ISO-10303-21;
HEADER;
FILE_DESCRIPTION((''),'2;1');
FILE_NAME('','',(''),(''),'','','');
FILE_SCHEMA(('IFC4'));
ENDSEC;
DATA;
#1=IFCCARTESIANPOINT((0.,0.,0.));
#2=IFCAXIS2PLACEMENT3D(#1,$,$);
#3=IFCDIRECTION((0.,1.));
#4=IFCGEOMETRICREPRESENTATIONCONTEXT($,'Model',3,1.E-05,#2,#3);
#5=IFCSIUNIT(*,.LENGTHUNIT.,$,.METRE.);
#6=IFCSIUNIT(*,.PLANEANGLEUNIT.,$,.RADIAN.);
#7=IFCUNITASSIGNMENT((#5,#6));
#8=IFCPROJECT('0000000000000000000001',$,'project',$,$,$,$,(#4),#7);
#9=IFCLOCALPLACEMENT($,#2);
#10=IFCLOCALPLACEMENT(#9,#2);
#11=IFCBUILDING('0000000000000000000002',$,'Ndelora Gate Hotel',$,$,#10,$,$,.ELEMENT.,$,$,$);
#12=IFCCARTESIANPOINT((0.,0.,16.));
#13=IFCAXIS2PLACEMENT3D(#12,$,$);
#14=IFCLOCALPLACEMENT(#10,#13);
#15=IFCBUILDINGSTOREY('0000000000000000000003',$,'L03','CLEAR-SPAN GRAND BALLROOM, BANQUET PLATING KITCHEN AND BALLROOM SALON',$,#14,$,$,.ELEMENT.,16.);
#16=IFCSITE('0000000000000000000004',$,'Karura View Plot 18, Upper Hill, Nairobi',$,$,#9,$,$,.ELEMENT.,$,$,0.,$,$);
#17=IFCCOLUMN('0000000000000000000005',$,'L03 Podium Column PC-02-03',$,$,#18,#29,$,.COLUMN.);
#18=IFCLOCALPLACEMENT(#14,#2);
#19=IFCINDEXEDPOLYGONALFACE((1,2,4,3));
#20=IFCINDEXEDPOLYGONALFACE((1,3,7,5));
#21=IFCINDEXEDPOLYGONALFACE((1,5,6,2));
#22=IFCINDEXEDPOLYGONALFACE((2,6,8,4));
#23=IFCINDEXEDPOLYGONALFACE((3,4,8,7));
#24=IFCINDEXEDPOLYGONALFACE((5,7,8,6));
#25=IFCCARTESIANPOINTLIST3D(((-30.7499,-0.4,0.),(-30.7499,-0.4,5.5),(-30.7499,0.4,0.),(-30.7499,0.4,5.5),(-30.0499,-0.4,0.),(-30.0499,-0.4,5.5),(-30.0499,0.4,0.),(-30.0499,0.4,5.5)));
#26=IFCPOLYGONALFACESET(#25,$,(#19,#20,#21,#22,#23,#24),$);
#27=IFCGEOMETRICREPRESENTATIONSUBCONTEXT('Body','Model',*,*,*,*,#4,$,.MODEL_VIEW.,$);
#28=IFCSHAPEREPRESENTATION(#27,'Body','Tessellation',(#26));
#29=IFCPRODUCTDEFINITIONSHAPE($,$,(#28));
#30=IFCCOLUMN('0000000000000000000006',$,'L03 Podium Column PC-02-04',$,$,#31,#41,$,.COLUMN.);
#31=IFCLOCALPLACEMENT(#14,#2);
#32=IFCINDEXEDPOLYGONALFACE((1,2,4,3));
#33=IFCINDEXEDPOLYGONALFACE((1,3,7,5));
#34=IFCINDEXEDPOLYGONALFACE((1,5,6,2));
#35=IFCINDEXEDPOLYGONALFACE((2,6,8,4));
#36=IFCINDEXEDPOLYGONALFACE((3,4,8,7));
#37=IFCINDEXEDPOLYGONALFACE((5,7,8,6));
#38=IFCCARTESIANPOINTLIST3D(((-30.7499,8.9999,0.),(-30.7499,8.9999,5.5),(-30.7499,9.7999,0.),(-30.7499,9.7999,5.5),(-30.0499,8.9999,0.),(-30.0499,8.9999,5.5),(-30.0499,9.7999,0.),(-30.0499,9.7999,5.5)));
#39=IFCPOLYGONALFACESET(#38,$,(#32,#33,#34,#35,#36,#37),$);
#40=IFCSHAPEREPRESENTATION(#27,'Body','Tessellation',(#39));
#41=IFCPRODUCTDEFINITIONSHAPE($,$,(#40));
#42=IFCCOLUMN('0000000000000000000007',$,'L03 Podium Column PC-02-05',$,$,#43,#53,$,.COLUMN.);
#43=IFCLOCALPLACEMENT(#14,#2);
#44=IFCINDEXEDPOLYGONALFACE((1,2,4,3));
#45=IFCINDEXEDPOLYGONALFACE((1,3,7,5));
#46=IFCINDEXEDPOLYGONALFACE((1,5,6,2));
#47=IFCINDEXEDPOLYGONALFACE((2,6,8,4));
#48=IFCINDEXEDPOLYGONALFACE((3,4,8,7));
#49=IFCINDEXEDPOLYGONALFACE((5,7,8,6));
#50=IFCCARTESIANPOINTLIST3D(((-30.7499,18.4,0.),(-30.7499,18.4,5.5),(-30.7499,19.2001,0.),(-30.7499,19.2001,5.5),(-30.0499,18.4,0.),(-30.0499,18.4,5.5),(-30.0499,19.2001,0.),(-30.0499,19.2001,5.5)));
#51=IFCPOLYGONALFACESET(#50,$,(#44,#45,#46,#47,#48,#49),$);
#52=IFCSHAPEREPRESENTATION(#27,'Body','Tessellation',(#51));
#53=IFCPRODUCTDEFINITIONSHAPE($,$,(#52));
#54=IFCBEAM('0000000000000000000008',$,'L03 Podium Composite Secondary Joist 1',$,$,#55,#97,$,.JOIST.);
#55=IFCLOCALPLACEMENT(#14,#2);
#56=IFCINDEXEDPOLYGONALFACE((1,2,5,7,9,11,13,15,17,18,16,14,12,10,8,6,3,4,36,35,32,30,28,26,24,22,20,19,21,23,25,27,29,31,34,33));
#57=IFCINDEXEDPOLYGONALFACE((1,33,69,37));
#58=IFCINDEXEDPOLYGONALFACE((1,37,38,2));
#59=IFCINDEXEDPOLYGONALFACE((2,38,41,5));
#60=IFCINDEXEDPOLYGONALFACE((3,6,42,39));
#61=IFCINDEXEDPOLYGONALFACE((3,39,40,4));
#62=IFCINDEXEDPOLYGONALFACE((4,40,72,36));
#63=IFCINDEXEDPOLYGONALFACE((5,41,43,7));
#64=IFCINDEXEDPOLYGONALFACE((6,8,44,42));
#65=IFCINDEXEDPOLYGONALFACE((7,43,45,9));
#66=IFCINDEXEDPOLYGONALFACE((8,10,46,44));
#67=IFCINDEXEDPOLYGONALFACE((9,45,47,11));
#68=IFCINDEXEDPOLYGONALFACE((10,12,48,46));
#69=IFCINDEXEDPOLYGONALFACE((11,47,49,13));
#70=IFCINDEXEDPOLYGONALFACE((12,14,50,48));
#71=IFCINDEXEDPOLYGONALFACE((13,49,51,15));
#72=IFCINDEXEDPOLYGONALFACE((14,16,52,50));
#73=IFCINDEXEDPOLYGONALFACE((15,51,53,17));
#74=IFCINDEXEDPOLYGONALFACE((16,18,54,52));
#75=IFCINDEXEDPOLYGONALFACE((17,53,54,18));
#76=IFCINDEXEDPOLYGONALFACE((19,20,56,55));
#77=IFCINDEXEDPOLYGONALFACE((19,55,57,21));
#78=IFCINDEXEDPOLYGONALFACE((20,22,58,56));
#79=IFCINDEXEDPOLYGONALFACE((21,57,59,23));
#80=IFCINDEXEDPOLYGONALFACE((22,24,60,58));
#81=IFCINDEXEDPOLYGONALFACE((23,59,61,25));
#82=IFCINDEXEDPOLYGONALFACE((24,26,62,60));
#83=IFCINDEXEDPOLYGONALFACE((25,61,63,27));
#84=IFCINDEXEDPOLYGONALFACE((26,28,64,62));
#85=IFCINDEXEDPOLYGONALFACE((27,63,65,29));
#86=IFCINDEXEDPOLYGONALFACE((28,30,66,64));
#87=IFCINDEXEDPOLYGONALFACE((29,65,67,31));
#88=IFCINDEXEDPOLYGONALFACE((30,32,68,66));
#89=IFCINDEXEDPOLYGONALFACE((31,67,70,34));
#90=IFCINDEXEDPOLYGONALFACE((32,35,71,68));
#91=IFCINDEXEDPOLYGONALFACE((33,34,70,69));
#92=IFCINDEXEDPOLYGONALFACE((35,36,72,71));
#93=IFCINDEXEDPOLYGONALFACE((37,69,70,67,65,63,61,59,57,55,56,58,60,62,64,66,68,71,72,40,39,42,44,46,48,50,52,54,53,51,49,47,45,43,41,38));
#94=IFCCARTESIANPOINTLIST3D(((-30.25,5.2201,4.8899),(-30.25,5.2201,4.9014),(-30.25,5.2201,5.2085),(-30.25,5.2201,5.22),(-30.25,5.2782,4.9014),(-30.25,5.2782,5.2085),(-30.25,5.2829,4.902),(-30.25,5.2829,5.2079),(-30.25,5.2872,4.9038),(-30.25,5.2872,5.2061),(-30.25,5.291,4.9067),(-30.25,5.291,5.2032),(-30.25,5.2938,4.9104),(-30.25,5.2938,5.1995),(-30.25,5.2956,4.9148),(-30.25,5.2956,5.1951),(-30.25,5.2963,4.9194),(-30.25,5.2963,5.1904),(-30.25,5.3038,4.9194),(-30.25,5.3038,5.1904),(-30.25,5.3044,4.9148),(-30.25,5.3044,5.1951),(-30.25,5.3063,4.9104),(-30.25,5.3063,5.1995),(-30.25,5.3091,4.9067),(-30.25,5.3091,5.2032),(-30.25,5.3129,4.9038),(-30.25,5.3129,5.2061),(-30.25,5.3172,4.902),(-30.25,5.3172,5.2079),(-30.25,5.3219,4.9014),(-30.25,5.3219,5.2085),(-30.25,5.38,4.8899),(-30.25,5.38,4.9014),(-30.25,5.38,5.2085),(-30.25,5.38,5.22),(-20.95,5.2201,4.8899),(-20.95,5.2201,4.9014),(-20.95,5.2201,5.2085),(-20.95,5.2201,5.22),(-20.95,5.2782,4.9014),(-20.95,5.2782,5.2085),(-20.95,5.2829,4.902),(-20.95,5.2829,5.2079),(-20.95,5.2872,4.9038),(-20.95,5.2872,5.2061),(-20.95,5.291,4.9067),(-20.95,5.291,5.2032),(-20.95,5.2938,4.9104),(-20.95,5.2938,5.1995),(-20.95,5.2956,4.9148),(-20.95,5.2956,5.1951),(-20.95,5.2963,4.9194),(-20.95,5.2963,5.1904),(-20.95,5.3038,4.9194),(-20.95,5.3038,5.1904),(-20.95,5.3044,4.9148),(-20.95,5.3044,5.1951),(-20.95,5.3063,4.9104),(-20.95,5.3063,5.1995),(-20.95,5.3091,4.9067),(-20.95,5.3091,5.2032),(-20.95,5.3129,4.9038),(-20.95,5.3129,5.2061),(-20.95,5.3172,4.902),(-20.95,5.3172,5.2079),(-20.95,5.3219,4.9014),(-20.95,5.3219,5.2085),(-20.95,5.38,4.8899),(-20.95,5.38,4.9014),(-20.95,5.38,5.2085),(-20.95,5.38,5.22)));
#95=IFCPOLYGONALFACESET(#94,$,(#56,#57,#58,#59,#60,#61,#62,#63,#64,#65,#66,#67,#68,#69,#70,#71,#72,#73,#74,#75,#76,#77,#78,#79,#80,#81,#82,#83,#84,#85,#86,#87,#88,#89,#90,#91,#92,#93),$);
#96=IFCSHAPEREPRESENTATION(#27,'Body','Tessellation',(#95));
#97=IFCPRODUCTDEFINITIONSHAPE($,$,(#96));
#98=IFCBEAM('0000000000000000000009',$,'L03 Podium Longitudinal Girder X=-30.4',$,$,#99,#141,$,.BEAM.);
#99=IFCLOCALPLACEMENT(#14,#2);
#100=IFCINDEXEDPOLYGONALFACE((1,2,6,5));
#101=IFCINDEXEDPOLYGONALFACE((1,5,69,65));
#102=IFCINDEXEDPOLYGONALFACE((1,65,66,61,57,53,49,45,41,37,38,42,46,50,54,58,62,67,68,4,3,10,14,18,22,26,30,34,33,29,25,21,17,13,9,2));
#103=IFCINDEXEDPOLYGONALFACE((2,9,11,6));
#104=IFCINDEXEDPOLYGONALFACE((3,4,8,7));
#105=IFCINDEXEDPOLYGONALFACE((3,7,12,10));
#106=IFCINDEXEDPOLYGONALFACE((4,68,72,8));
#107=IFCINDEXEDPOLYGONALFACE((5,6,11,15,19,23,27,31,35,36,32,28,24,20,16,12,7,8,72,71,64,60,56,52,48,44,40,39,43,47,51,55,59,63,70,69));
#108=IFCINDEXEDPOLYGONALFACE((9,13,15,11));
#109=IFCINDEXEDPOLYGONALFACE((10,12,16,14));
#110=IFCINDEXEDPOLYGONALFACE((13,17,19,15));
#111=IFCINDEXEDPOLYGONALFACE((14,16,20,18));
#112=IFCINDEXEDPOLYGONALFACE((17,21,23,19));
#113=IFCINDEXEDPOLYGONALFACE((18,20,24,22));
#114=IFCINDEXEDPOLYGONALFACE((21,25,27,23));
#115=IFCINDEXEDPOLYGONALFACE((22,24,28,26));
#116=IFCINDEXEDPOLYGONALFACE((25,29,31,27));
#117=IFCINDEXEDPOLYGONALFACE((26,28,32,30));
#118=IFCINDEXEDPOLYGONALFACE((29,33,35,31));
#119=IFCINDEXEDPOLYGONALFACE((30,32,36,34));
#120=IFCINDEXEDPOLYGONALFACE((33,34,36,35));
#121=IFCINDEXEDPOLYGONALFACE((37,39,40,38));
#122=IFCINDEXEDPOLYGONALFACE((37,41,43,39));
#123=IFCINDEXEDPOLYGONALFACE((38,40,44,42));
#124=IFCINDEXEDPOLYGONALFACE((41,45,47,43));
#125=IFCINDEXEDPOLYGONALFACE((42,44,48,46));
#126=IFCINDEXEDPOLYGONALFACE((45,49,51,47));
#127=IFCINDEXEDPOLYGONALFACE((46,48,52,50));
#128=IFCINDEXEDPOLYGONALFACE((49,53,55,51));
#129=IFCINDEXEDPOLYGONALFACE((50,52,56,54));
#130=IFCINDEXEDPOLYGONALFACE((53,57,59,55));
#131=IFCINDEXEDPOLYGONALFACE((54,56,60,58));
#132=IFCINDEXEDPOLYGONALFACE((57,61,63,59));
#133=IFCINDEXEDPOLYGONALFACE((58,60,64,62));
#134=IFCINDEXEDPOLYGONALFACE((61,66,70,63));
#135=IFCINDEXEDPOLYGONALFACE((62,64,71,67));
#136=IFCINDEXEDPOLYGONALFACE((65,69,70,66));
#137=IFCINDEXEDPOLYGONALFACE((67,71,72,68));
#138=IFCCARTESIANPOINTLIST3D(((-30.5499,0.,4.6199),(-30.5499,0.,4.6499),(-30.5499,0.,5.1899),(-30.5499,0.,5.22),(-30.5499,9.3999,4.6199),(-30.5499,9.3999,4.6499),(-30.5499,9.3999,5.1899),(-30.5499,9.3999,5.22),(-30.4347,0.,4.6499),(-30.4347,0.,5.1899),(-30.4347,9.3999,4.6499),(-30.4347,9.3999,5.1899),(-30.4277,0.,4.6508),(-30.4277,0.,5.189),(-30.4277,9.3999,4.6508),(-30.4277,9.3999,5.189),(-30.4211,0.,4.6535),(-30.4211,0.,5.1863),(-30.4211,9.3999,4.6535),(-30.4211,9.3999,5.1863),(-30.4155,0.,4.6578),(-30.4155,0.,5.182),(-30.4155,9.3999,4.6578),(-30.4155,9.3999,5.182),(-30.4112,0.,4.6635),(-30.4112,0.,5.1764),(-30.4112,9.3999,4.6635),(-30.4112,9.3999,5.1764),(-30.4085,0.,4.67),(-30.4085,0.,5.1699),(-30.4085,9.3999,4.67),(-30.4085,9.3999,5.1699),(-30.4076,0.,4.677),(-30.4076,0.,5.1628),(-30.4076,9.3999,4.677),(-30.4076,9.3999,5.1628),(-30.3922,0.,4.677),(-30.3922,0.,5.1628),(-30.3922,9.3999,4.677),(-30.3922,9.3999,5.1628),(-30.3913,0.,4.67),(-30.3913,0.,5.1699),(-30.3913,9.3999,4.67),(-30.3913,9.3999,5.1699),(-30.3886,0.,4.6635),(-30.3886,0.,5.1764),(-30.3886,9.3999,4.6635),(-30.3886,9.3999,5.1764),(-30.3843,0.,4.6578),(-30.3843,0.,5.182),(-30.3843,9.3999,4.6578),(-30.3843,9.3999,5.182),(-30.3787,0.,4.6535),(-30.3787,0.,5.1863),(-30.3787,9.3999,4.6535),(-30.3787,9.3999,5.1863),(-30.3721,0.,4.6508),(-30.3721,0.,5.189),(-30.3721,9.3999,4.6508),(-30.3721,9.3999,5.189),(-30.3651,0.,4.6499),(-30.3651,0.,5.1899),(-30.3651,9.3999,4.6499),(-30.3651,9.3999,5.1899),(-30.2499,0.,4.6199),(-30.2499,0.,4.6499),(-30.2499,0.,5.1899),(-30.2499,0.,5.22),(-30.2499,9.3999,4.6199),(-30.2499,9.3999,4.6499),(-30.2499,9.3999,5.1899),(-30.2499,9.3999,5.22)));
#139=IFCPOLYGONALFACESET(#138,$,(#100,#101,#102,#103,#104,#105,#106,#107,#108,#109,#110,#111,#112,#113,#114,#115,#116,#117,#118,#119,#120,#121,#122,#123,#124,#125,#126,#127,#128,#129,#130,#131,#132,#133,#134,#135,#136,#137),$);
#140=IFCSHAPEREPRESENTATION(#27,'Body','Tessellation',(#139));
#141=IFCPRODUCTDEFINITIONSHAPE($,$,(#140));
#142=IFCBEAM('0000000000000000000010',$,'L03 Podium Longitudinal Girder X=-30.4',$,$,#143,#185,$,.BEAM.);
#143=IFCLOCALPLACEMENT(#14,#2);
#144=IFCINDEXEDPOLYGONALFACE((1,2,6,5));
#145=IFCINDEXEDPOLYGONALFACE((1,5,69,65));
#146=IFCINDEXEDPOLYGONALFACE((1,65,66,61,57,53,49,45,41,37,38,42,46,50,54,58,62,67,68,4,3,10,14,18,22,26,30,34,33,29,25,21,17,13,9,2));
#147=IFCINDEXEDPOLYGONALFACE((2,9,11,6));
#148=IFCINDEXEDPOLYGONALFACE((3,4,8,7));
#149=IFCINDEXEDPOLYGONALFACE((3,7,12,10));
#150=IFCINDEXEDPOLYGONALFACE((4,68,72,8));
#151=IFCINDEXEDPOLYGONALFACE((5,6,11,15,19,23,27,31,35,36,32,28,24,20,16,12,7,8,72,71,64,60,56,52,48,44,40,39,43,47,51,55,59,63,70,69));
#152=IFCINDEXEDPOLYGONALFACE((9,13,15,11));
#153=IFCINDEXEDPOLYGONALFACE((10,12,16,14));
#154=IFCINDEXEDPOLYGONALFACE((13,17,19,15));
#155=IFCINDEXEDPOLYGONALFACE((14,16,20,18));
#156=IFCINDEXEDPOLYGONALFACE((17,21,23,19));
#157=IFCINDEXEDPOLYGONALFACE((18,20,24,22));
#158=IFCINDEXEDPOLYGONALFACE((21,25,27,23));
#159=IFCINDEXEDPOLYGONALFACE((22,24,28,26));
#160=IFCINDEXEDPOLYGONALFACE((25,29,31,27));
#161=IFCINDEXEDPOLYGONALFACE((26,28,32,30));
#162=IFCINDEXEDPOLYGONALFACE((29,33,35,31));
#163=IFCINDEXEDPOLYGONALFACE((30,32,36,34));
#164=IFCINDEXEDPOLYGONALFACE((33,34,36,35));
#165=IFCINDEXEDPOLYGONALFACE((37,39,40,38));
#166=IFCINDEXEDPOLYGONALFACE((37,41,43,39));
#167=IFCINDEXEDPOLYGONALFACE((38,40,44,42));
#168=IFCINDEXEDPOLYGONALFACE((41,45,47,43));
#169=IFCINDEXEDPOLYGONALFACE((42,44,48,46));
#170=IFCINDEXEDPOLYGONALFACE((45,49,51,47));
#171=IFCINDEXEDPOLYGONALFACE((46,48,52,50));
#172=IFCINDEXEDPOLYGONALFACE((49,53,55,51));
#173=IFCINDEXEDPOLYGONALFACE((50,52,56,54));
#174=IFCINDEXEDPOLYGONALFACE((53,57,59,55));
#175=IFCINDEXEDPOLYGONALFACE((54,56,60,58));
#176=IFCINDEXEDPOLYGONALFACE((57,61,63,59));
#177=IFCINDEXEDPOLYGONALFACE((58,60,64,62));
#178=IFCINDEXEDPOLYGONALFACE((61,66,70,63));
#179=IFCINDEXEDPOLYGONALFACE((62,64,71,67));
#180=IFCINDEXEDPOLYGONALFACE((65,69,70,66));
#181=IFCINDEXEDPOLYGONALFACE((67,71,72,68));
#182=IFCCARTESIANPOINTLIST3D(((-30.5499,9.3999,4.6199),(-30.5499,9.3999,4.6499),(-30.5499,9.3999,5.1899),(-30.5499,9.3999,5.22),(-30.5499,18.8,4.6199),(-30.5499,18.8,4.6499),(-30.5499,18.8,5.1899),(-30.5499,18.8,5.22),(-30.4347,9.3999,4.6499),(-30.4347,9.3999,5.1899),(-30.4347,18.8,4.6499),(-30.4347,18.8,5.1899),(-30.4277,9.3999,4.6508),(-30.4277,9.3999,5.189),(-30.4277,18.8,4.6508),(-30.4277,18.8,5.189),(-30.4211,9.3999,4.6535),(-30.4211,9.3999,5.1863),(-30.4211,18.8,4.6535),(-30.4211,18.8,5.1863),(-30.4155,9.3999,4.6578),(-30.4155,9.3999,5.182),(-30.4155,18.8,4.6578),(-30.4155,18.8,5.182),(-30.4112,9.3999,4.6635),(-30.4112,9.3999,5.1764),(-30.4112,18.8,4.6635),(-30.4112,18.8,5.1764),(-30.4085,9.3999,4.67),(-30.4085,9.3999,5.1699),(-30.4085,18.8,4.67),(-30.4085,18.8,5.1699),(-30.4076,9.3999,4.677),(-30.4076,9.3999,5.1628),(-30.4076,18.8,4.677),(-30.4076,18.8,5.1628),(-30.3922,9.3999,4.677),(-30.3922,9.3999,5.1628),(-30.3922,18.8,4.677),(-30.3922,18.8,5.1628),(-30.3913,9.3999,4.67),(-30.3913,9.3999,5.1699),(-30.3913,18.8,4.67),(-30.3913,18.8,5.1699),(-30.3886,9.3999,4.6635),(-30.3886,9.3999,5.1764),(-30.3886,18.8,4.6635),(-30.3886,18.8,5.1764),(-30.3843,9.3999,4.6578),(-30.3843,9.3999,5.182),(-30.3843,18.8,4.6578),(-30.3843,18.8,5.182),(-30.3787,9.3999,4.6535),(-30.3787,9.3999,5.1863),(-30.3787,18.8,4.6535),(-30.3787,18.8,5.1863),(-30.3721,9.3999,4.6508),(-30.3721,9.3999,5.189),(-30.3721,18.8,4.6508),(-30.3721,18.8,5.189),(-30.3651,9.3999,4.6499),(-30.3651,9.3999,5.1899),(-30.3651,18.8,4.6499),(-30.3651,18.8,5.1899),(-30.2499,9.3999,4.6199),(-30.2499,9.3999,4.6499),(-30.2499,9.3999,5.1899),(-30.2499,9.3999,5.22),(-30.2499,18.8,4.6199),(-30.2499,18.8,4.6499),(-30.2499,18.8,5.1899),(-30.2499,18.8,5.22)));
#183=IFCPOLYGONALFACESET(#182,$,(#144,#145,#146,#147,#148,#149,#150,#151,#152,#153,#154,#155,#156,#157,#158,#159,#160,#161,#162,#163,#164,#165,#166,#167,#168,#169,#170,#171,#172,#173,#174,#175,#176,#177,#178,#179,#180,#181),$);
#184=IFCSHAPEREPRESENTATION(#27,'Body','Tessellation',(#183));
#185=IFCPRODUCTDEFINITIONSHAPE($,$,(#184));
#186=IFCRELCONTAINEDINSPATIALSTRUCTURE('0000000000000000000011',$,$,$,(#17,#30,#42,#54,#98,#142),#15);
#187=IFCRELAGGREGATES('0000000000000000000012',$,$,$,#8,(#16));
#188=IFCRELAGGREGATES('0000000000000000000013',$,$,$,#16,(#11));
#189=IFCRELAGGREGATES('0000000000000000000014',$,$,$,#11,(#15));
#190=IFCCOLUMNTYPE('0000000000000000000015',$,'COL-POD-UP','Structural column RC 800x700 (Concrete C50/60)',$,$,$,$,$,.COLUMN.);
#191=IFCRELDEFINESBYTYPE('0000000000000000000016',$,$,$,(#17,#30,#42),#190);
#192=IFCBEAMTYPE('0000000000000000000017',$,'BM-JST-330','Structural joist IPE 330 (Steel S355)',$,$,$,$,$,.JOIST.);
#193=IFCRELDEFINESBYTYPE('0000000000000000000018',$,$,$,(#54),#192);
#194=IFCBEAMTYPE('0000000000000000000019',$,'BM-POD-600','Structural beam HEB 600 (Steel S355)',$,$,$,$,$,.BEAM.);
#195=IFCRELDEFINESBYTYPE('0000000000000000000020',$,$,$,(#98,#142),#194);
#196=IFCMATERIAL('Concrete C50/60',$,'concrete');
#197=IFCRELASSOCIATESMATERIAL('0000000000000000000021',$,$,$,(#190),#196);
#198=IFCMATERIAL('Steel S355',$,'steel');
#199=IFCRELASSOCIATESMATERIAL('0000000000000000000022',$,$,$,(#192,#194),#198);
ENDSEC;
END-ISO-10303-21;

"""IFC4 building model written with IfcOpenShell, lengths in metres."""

from ifc_helpers import new_model, si_unit, direction, frame, origin, origin_2d, place, context, subcontext, project, spatial, rectangle, i_section, extrude, material, material_profile, profile_set, type_object, element, save


model = new_model("IFC4")

# Units and contexts
model_context = context("Model", 3, precision=1e-05, world=origin(), true_north=direction((0.0, 1.0)))
body_context = subcontext(model_context, "Body", "Model", "MODEL_VIEW")
ifc_project = project(units=[si_unit("LENGTHUNIT", "METRE"), si_unit("PLANEANGLEUNIT", "RADIAN")], contexts=[model_context])

# Site, building, storey
site_placement = place(None, origin())
site = spatial("IfcSite", under=ifc_project, at=site_placement, Name="Karura View Plot 18, Upper Hill, Nairobi", CompositionType="ELEMENT", RefElevation=0.0)
building_placement = place(site_placement, origin())
building = spatial("IfcBuilding", under=site, at=building_placement, Name="Ndelora Gate Hotel", CompositionType="ELEMENT")
storey_placement = place(building_placement, frame((0.0, 0.0, 16.0)))
storey = spatial("IfcBuildingStorey", under=building, at=storey_placement, Name="L03", Description="CLEAR-SPAN GRAND BALLROOM, BANQUET PLATING KITCHEN AND BALLROOM SALON", CompositionType="ELEMENT", Elevation=16.0)

# Columns
ifc_material_1 = material(Name="Concrete C50/60", Category="concrete")
ifc_material_profile_1 = material_profile(ifc_material_1, rectangle(XDim=0.7, YDim=0.8, at=origin_2d()), Name="RC 800x700")
ifc_profile_set_1 = profile_set([ifc_material_profile_1], Name="Concrete C50/60")
column_type = type_object("IfcColumnType", Name="COL-POD-UP", Description="Structural column RC 800x700 (Concrete C50/60)", PredefinedType="COLUMN", material=ifc_profile_set_1)
for number, where, z_axis, x_axis, name in (
    (1, (-30.3999, 0.0, 0.0), (0.0, 0.0, 1.0), (1.0, 0.0, 0.0), "L03 Podium Column PC-02-03"),
    (2, (-30.3999, 9.3999, 0.0), (0.0, 0.0, 1.0), (1.0, 0.0, 0.0), "L03 Podium Column PC-02-04"),
    (3, (-30.3999, 18.8, 0.0), (0.0, 0.0, 1.0), (1.0, 0.0, 0.0), "L03 Podium Column PC-02-05"),
):
    element("IfcColumn", number, at=place(storey_placement, frame(where, z_axis=z_axis, x_axis=x_axis)), inside=storey, type_object=column_type, Name=name, PredefinedType="COLUMN", context=body_context, shape_type="SweptSolid", body=[
        extrude(rectangle(XDim=0.7, YDim=0.8, at=origin_2d()), origin(), (0.0, 0.0, 1.0), 5.5),
    ])

# Beams
ifc_material_2 = material(Name="Steel S355", Category="steel")
ifc_material_profile_2 = material_profile(ifc_material_2, i_section(OverallWidth=0.1599, OverallDepth=0.3301, WebThickness=0.0076, FlangeThickness=0.0115, FilletRadius=0.0181, at=origin_2d()), Name="IPE 330")
ifc_profile_set_2 = profile_set([ifc_material_profile_2], Name="Steel S355")
beam_type_1 = type_object("IfcBeamType", Name="BM-JST-330", Description="Structural joist IPE 330 (Steel S355)", PredefinedType="JOIST", material=ifc_profile_set_2)
beam_1_placement = place(storey_placement, frame((-30.25, 5.3, 5.0549), z_axis=(1.0, 0.0, 0.0), x_axis=(0.0, 1.0, 0.0)))
element("IfcBeam", 4, at=beam_1_placement, inside=storey, type_object=beam_type_1, Name="L03 Podium Composite Secondary Joist 1", PredefinedType="JOIST", context=body_context, shape_type="SweptSolid", body=[
    extrude(i_section(OverallWidth=0.1599, OverallDepth=0.3301, WebThickness=0.0076, FlangeThickness=0.0115, FilletRadius=0.0181, at=origin_2d()), origin(), (0.0, 0.0, 1.0), 9.3),
])
ifc_material_profile_3 = material_profile(ifc_material_2, i_section(OverallWidth=0.3, OverallDepth=0.6001, WebThickness=0.0154, FlangeThickness=0.03, FilletRadius=0.0271, at=origin_2d()), Name="HEB 600")
ifc_profile_set_3 = profile_set([ifc_material_profile_3], Name="Steel S355")
beam_type_2 = type_object("IfcBeamType", Name="BM-POD-600", Description="Structural beam HEB 600 (Steel S355)", PredefinedType="BEAM", material=ifc_profile_set_3)
beam_2_placement = place(storey_placement, frame((-30.3999, 0.0, 4.9199), z_axis=(0.0, 1.0, 0.0), x_axis=(-1.0, 0.0, 0.0)))
element("IfcBeam", 5, at=beam_2_placement, inside=storey, type_object=beam_type_2, Name="L03 Podium Longitudinal Girder X=-30.4", PredefinedType="BEAM", context=body_context, shape_type="SweptSolid", body=[
    extrude(i_section(OverallWidth=0.3, OverallDepth=0.6001, WebThickness=0.0154, FlangeThickness=0.03, FilletRadius=0.0271, at=origin_2d()), origin(), (0.0, 0.0, 1.0), 9.3999),
])
beam_3_placement = place(storey_placement, frame((-30.3999, 9.3999, 4.9199), z_axis=(0.0, 1.0, 0.0), x_axis=(-1.0, 0.0, 0.0)))
element("IfcBeam", 6, at=beam_3_placement, inside=storey, type_object=beam_type_2, Name="L03 Podium Longitudinal Girder X=-30.4", PredefinedType="BEAM", context=body_context, shape_type="SweptSolid", body=[
    extrude(i_section(OverallWidth=0.3, OverallDepth=0.6001, WebThickness=0.0154, FlangeThickness=0.03, FilletRadius=0.0271, at=origin_2d()), origin(), (0.0, 0.0, 1.0), 9.4001),
])

save(model, "model.ifc")
